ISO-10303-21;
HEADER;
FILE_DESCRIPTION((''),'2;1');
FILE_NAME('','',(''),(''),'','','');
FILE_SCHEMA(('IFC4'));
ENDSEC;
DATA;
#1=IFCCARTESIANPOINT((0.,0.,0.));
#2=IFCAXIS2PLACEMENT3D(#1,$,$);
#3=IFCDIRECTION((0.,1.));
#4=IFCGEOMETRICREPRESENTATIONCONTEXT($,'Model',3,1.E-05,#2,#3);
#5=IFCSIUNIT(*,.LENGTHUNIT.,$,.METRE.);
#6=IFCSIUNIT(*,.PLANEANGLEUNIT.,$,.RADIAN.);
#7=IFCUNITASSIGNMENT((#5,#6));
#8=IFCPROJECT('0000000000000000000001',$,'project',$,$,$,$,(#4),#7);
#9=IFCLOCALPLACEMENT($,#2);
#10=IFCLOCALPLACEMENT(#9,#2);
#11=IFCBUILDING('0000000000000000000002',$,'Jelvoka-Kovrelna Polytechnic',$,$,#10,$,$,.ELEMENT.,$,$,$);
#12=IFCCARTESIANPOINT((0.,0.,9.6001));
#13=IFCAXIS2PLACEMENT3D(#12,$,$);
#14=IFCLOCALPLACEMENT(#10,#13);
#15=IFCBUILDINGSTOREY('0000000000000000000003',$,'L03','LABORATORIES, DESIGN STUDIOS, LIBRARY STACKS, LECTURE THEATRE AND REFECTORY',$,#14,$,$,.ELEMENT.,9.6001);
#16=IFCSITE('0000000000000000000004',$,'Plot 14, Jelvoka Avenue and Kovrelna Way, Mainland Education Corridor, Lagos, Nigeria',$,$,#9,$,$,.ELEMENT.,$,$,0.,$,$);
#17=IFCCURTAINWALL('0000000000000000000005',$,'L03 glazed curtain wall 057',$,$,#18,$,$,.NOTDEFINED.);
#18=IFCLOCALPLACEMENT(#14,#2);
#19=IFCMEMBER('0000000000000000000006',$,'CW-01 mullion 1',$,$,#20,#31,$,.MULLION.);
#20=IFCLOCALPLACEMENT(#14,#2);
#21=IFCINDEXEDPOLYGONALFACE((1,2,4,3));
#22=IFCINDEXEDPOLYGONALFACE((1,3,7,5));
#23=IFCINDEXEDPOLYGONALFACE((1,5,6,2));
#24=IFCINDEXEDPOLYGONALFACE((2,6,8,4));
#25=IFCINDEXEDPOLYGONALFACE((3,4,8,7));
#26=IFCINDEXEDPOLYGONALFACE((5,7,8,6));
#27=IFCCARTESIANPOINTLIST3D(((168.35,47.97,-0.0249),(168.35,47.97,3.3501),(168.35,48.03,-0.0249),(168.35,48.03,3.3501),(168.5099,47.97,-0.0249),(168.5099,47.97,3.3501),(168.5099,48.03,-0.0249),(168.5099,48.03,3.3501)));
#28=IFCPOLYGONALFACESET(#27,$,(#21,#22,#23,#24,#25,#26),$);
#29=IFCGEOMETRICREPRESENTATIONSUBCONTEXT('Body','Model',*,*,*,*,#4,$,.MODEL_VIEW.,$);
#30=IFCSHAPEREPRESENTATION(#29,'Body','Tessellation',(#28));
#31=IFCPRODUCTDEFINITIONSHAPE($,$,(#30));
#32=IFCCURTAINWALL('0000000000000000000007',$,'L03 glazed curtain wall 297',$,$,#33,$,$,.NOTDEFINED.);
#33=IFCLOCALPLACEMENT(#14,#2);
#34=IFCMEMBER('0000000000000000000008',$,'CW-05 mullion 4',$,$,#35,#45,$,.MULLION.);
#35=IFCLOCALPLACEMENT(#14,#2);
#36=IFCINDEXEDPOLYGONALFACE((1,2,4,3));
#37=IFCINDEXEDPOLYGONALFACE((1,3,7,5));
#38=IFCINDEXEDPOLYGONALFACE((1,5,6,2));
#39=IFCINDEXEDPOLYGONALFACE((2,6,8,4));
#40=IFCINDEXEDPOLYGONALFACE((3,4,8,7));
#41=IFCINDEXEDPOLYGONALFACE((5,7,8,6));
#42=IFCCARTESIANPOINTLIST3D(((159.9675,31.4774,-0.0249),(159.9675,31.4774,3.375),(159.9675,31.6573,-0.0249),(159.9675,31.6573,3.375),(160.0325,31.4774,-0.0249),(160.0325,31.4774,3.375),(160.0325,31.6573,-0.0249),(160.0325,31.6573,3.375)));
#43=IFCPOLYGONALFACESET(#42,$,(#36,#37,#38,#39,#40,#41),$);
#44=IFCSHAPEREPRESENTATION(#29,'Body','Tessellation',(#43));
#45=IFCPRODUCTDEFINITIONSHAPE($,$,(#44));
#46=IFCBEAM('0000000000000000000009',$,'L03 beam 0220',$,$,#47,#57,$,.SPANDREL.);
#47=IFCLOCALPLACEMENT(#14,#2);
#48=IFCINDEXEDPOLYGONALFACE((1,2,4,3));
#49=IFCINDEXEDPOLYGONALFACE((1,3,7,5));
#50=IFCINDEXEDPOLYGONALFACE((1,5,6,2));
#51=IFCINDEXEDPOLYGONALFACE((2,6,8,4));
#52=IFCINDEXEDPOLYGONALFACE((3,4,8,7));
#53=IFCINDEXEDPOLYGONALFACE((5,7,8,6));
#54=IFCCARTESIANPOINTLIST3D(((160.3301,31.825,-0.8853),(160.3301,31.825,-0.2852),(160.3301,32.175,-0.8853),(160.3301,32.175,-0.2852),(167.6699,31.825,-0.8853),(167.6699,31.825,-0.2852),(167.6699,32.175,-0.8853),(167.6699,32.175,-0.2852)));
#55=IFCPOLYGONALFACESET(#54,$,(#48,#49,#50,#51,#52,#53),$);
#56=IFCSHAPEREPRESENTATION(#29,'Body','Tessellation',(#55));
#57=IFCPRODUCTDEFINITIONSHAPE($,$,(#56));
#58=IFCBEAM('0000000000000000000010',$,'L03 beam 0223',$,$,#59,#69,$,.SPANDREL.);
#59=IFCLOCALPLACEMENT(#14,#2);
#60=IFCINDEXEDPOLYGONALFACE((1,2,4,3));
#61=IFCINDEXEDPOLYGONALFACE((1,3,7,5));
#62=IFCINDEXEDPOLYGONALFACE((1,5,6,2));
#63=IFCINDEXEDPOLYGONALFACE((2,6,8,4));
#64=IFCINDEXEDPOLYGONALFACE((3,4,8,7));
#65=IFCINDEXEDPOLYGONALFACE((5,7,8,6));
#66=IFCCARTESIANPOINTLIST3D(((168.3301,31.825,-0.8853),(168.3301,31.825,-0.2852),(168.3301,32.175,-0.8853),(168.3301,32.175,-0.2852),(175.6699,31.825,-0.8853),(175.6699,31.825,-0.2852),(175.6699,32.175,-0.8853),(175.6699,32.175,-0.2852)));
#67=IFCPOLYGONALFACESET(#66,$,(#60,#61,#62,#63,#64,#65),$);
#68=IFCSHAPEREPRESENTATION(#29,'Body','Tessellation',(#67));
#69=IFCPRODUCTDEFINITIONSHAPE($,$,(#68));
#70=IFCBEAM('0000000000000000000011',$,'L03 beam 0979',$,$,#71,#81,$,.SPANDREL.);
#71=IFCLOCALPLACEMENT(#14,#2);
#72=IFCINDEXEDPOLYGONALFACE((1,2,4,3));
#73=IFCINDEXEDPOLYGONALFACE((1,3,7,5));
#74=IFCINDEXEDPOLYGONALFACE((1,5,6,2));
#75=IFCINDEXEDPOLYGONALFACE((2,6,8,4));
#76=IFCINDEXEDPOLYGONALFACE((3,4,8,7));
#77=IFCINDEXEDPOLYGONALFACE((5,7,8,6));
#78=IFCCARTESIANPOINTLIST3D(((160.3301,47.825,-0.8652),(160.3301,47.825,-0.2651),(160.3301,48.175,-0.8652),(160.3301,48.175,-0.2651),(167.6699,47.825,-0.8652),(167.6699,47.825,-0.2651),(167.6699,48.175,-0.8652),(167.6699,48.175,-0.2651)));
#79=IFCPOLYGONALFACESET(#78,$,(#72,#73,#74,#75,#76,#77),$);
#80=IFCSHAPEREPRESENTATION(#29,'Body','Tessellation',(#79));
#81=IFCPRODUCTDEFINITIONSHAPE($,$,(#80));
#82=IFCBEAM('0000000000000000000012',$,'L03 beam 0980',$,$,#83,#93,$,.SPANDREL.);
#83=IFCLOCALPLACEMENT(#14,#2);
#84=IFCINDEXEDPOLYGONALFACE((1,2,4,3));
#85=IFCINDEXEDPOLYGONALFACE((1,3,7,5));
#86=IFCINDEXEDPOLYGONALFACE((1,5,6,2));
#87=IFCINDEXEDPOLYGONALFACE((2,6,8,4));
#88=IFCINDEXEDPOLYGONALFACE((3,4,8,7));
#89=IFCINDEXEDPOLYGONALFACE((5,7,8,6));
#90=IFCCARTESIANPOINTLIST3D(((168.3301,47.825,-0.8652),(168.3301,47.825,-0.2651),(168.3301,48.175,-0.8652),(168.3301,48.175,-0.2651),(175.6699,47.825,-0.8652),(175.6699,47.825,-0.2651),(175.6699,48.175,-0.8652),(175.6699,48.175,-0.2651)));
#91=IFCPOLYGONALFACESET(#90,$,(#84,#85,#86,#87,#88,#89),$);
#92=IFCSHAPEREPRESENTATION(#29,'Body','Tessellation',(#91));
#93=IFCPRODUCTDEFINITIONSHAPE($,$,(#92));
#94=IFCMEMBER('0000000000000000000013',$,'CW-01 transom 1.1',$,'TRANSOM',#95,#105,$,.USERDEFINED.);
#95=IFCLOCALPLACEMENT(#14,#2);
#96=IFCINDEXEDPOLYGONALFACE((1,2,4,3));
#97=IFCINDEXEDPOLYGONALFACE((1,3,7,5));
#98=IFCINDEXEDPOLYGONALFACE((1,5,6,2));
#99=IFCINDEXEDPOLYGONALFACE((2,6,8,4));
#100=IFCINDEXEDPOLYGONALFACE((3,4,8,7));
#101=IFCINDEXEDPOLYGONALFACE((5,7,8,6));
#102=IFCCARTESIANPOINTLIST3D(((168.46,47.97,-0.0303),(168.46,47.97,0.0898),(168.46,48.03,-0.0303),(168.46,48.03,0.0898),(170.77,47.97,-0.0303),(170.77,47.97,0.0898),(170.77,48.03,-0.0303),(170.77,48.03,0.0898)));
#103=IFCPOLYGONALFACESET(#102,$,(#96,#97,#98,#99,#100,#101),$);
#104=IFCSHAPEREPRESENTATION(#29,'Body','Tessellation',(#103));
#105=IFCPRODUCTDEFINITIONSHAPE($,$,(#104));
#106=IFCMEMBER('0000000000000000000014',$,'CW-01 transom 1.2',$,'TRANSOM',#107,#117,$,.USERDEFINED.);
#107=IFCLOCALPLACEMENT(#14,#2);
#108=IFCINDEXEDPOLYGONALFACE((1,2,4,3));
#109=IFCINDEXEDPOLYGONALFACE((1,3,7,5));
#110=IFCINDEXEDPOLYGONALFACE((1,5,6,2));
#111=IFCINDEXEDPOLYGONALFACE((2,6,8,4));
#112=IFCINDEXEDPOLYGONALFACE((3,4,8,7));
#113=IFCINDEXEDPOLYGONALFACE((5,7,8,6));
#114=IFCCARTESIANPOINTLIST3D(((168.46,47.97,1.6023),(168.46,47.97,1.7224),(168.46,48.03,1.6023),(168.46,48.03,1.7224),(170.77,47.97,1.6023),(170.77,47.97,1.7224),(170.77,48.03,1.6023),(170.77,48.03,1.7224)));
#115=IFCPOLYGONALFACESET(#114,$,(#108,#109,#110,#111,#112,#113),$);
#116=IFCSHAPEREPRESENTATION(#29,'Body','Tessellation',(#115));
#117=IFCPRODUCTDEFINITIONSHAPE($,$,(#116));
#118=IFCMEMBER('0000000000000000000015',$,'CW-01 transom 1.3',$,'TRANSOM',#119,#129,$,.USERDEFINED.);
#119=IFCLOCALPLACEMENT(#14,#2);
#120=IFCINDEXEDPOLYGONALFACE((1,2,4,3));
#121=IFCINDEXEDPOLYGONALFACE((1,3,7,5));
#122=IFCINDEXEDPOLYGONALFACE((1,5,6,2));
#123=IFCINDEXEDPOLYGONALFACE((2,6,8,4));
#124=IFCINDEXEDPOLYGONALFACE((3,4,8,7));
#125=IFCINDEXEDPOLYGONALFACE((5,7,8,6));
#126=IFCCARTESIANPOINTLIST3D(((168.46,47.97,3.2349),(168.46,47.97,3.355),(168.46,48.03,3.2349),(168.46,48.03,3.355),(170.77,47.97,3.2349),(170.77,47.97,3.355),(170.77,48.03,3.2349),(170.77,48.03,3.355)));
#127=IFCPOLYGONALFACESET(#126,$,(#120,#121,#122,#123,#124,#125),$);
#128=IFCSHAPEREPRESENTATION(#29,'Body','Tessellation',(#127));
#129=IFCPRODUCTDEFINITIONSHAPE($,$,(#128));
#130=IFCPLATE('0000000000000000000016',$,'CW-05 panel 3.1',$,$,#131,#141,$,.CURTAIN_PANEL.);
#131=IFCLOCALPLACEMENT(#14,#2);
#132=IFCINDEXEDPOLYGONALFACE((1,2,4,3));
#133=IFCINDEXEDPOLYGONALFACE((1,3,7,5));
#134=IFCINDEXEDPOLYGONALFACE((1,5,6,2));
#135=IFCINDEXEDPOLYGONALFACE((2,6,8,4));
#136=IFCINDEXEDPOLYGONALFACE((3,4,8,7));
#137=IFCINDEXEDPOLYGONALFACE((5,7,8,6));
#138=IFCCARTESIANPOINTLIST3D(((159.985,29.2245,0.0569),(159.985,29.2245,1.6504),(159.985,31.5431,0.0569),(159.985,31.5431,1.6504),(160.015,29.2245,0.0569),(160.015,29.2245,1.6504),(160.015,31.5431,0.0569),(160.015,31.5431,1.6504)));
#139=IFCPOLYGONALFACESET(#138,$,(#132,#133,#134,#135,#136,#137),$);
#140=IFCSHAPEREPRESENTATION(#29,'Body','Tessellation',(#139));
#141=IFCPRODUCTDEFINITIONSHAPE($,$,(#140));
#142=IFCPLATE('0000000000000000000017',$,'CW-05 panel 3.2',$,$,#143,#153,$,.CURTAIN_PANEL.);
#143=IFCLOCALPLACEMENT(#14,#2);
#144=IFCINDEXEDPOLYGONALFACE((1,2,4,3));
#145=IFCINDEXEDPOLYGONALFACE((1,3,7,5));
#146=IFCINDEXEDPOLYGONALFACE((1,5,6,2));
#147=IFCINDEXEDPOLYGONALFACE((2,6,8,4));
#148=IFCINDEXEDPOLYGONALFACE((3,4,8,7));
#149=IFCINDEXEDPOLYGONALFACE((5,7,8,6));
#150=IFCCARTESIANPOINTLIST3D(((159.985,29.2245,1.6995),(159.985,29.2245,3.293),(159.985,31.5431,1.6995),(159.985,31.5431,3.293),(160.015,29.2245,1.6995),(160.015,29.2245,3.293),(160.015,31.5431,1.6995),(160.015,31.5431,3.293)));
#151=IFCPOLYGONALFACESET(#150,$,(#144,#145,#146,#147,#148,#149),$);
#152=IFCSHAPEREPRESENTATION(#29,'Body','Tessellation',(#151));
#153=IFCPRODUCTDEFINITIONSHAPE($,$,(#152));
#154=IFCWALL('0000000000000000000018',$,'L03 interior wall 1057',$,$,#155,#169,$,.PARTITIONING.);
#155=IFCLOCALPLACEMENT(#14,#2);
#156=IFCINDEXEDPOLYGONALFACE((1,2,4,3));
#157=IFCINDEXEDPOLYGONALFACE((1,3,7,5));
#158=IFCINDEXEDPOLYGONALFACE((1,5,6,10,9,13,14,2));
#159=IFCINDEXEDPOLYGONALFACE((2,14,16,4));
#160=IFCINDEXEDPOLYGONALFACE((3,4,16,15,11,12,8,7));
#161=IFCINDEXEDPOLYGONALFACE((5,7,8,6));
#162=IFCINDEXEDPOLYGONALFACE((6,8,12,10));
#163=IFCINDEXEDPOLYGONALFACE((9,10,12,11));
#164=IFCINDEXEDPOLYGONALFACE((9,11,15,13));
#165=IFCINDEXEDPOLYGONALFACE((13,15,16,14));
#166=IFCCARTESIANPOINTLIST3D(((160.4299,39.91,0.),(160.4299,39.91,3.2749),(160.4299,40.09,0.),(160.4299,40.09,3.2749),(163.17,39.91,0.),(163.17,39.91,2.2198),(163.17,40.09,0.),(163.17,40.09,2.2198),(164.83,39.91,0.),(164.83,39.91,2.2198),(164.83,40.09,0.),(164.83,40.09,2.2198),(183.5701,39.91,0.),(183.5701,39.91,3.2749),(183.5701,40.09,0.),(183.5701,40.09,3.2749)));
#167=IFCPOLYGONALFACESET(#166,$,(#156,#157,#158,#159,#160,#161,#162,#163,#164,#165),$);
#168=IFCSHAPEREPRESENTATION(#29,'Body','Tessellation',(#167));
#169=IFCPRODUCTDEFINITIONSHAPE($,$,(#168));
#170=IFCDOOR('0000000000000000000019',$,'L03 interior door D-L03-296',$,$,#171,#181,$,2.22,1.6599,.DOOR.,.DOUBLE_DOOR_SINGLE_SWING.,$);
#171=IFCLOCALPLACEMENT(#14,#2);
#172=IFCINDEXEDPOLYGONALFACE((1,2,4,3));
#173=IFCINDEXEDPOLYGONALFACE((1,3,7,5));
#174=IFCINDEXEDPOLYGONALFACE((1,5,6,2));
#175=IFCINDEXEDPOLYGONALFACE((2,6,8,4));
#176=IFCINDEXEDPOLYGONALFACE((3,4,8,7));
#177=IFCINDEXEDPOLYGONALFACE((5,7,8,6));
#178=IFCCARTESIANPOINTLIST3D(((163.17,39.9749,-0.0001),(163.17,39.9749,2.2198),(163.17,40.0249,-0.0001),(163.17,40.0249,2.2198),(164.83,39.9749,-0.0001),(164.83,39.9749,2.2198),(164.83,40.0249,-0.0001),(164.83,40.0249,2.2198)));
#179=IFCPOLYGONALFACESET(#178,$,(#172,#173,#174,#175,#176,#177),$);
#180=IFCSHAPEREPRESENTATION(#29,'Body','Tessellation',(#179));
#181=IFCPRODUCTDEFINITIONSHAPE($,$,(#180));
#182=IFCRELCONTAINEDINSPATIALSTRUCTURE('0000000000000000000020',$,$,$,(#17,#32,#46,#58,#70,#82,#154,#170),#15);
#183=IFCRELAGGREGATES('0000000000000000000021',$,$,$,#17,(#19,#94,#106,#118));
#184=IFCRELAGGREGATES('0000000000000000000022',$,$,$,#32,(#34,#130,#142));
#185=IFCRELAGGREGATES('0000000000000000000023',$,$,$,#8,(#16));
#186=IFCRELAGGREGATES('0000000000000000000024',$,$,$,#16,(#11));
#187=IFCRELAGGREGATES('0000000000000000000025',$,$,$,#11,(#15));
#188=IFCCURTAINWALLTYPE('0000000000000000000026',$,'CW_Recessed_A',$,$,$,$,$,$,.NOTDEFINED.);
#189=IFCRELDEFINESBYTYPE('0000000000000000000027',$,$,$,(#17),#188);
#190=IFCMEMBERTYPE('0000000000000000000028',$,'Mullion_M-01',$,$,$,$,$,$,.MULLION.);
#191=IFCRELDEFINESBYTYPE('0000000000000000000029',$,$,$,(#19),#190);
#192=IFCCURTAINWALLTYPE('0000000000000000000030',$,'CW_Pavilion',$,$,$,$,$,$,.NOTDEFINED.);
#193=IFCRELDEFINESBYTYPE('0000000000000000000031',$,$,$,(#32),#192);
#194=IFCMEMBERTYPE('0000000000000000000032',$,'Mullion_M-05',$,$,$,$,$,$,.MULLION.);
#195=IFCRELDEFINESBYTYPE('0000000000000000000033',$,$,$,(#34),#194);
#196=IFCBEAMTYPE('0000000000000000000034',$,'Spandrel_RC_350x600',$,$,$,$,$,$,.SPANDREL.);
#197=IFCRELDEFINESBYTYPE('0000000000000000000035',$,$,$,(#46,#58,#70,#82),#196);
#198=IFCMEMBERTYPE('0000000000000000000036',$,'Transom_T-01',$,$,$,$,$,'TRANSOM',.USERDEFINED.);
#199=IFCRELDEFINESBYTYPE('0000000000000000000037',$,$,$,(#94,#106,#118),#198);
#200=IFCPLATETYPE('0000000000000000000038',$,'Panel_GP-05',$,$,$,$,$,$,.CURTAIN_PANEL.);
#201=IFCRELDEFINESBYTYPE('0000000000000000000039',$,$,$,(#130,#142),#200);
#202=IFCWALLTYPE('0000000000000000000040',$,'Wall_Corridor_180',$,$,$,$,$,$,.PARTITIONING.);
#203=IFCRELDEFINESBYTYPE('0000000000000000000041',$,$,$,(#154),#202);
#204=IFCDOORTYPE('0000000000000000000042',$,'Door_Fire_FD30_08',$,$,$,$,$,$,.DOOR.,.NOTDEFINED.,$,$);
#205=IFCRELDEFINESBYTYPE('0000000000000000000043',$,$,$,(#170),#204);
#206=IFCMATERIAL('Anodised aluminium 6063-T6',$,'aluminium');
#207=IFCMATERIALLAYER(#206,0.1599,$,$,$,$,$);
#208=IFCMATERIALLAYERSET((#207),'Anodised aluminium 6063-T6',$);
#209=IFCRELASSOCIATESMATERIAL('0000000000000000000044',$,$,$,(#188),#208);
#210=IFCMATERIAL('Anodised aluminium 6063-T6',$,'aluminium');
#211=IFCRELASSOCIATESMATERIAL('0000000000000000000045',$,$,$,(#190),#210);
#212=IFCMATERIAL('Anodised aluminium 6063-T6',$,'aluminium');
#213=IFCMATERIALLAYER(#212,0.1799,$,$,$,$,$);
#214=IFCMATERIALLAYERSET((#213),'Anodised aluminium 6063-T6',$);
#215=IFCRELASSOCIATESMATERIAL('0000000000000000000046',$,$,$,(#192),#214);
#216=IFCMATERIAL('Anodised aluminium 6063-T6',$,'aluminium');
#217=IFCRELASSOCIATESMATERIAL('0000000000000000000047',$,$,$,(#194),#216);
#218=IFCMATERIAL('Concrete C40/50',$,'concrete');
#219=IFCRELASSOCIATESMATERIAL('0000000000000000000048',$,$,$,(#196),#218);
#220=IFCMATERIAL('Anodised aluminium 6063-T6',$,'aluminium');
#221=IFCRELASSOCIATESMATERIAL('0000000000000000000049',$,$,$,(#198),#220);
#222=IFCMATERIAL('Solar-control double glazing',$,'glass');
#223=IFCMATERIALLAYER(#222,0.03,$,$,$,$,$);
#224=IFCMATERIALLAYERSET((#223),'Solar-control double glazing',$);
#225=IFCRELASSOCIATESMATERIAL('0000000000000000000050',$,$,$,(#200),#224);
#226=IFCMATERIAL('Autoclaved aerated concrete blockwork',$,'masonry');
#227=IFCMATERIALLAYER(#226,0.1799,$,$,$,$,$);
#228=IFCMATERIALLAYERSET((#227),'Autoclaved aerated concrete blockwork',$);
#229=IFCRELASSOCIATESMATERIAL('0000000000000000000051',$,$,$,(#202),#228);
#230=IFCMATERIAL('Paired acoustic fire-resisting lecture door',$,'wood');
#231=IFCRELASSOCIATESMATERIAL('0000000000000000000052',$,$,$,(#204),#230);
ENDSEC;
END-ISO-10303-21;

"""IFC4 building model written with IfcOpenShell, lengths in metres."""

from ifc_helpers import new_model, si_unit, direction, frame, frame_2d, origin, origin_2d, place, context, subcontext, project, spatial, rectangle, extrude, material, layer, layer_set, material_profile, profile_set, type_object, element, fill, aggregate, save


model = new_model("IFC4")

# Units and contexts
model_context = context("Model", 3, precision=1e-05, world=origin(), true_north=direction((0.0, 1.0)))
body_context = subcontext(model_context, "Body", "Model", "MODEL_VIEW")
ifc_project = project(units=[si_unit("LENGTHUNIT", "METRE"), si_unit("PLANEANGLEUNIT", "RADIAN")], contexts=[model_context])

# Site, building, storey
site_placement = place(None, origin())
site = spatial("IfcSite", under=ifc_project, at=site_placement, Name="Plot 14, Jelvoka Avenue and Kovrelna Way, Mainland Education Corridor, Lagos, Nigeria", CompositionType="ELEMENT", RefElevation=0.0)
building_placement = place(site_placement, origin())
building = spatial("IfcBuilding", under=site, at=building_placement, Name="Jelvoka-Kovrelna Polytechnic", CompositionType="ELEMENT")
storey_placement = place(building_placement, frame((0.0, 0.0, 9.6001)))
storey = spatial("IfcBuildingStorey", under=building, at=storey_placement, Name="L03", Description="LABORATORIES, DESIGN STUDIOS, LIBRARY STACKS, LECTURE THEATRE AND REFECTORY", CompositionType="ELEMENT", Elevation=9.6001)

# Curtain walls, members
ifc_material_1 = material(Name="Anodised aluminium 6063-T6", Category="aluminium")
ifc_layer_1 = layer(ifc_material_1, 0.1599)
ifc_layer_set_1 = layer_set([ifc_layer_1], Name="Anodised aluminium 6063-T6")
curtain_wall_type_1 = type_object("IfcCurtainWallType", Name="CW_Recessed_A", PredefinedType="NOTDEFINED", material=ifc_layer_set_1)
curtain_wall_1_placement = place(storey_placement, origin())
curtain_wall_1 = element("IfcCurtainWall", 1, at=curtain_wall_1_placement, inside=storey, type_object=curtain_wall_type_1, Name="L03 glazed curtain wall 057", PredefinedType="NOTDEFINED")
ifc_material_2 = material(Name="Anodised aluminium 6063-T6", Category="aluminium")
ifc_material_profile_1 = material_profile(ifc_material_2, rectangle(XDim=0.0601, YDim=0.1599, at=origin_2d()), Name="ALU 60x160")
ifc_profile_set_1 = profile_set([ifc_material_profile_1], Name="Anodised aluminium 6063-T6")
member_type_1 = type_object("IfcMemberType", Name="Mullion_M-01", PredefinedType="MULLION", material=ifc_profile_set_1)
member_1_placement = place(storey_placement, frame((168.4299, 48.0, -0.0249), z_axis=(0.0, 0.0, 1.0), x_axis=(0.0, 1.0, 0.0)))
member_1 = element("IfcMember", 2, at=member_1_placement, type_object=member_type_1, Name="CW-01 mullion 1", PredefinedType="MULLION", context=body_context, shape_type="SweptSolid", body=[
    extrude(rectangle(XDim=0.0601, YDim=0.1599, at=origin_2d()), origin(), (0.0, 0.0, 1.0), 3.375),
])
ifc_material_3 = material(Name="Anodised aluminium 6063-T6", Category="aluminium")
ifc_layer_2 = layer(ifc_material_3, 0.1799)
ifc_layer_set_2 = layer_set([ifc_layer_2], Name="Anodised aluminium 6063-T6")
curtain_wall_type_2 = type_object("IfcCurtainWallType", Name="CW_Pavilion", PredefinedType="NOTDEFINED", material=ifc_layer_set_2)
curtain_wall_2_placement = place(storey_placement, origin())
curtain_wall_2 = element("IfcCurtainWall", 3, at=curtain_wall_2_placement, inside=storey, type_object=curtain_wall_type_2, Name="L03 glazed curtain wall 297", PredefinedType="NOTDEFINED")
ifc_material_4 = material(Name="Anodised aluminium 6063-T6", Category="aluminium")
ifc_material_profile_2 = material_profile(ifc_material_4, rectangle(XDim=0.0649, YDim=0.1799, at=origin_2d()), Name="ALU 65x180")
ifc_profile_set_2 = profile_set([ifc_material_profile_2], Name="Anodised aluminium 6063-T6")
member_type_2 = type_object("IfcMemberType", Name="Mullion_M-05", PredefinedType="MULLION", material=ifc_profile_set_2)
member_2_placement = place(storey_placement, frame((160.0, 31.5674, -0.0249), z_axis=(0.0, 0.0, 1.0), x_axis=(-1.0, 0.0, 0.0)))
member_2 = element("IfcMember", 4, at=member_2_placement, type_object=member_type_2, Name="CW-05 mullion 4", PredefinedType="MULLION", context=body_context, shape_type="SweptSolid", body=[
    extrude(rectangle(XDim=0.0649, YDim=0.1799, at=origin_2d()), origin(), (0.0, 0.0, 1.0), 3.3999),
])

# Beams
ifc_material_5 = material(Name="Concrete C40/50", Category="concrete")
ifc_material_profile_3 = material_profile(ifc_material_5, rectangle(XDim=0.3501, YDim=0.6001, at=origin_2d()), Name="RC 350x600")
ifc_profile_set_3 = profile_set([ifc_material_profile_3], Name="Concrete C40/50")
beam_type_1 = type_object("IfcBeamType", Name="Spandrel_RC_350x600", PredefinedType="SPANDREL", material=ifc_profile_set_3)
for number, where, z_axis, x_axis, name in (
    (5, (160.3301, 32.0, -0.5852), (1.0, 0.0, 0.0), (0.0, 1.0, 0.0), "L03 beam 0220"),
    (6, (168.3301, 32.0, -0.5852), (1.0, 0.0, 0.0), (0.0, 1.0, 0.0), "L03 beam 0223"),
    (7, (160.3301, 48.0, -0.5652), (1.0, 0.0, 0.0), (0.0, 1.0, 0.0), "L03 beam 0979"),
    (8, (168.3301, 48.0, -0.5652), (1.0, 0.0, 0.0), (0.0, 1.0, 0.0), "L03 beam 0980"),
):
    element("IfcBeam", number, at=place(storey_placement, frame(where, z_axis=z_axis, x_axis=x_axis)), inside=storey, type_object=beam_type_1, Name=name, PredefinedType="SPANDREL", context=body_context, shape_type="SweptSolid", body=[
        extrude(rectangle(XDim=0.3501, YDim=0.6001, at=origin_2d()), origin(), (0.0, 0.0, 1.0), 7.3398),
    ])

# Members
ifc_material_6 = material(Name="Anodised aluminium 6063-T6", Category="aluminium")
ifc_material_profile_4 = material_profile(ifc_material_6, rectangle(XDim=0.0601, YDim=0.1201, at=origin_2d()), Name="ALU 60x120")
ifc_profile_set_4 = profile_set([ifc_material_profile_4], Name="Anodised aluminium 6063-T6")
member_type_3 = type_object("IfcMemberType", Name="Transom_T-01", ElementType="TRANSOM", PredefinedType="USERDEFINED", material=ifc_profile_set_4)
member_3_placement = place(storey_placement, frame((168.46, 48.0, 0.0298), z_axis=(1.0, 0.0, 0.0), x_axis=(0.0, 1.0, 0.0)))
member_3 = element("IfcMember", 9, at=member_3_placement, type_object=member_type_3, Name="CW-01 transom 1.1", ObjectType="TRANSOM", PredefinedType="USERDEFINED", context=body_context, shape_type="SweptSolid", body=[
    extrude(rectangle(XDim=0.0601, YDim=0.1201, at=origin_2d()), origin(), (0.0, 0.0, 1.0), 2.3101),
])
member_4_placement = place(storey_placement, frame((168.46, 48.0, 1.6624), z_axis=(1.0, 0.0, 0.0), x_axis=(0.0, 1.0, 0.0)))
member_4 = element("IfcMember", 10, at=member_4_placement, type_object=member_type_3, Name="CW-01 transom 1.2", ObjectType="TRANSOM", PredefinedType="USERDEFINED", context=body_context, shape_type="SweptSolid", body=[
    extrude(rectangle(XDim=0.0601, YDim=0.1201, at=origin_2d()), origin(), (0.0, 0.0, 1.0), 2.3101),
])
member_5_placement = place(storey_placement, frame((168.46, 48.0, 3.2949), z_axis=(1.0, 0.0, 0.0), x_axis=(0.0, 1.0, 0.0)))
member_5 = element("IfcMember", 11, at=member_5_placement, type_object=member_type_3, Name="CW-01 transom 1.3", ObjectType="TRANSOM", PredefinedType="USERDEFINED", context=body_context, shape_type="SweptSolid", body=[
    extrude(rectangle(XDim=0.0601, YDim=0.1201, at=origin_2d()), origin(), (0.0, 0.0, 1.0), 2.3101),
])
aggregate(curtain_wall_1, [member_1, member_3, member_4, member_5])

# Plates
ifc_material_7 = material(Name="Solar-control double glazing", Category="glass")
ifc_layer_3 = layer(ifc_material_7, 0.03)
ifc_layer_set_3 = layer_set([ifc_layer_3], Name="Solar-control double glazing")
plate_type = type_object("IfcPlateType", Name="Panel_GP-05", PredefinedType="CURTAIN_PANEL", material=ifc_layer_set_3)
plate_1_placement = place(storey_placement, frame((160.0, 30.3838, 0.0569), z_axis=(0.0, 0.0, 1.0), x_axis=(0.0, 1.0, 0.0)))
plate_1 = element("IfcPlate", 12, at=plate_1_placement, type_object=plate_type, Name="CW-05 panel 3.1", PredefinedType="CURTAIN_PANEL", context=body_context, shape_type="SweptSolid", body=[
    extrude(rectangle(XDim=2.3186, YDim=0.03, at=origin_2d()), origin(), (0.0, 0.0, 1.0), 1.5935),
])
plate_2_placement = place(storey_placement, frame((160.0, 30.3838, 1.6995), z_axis=(0.0, 0.0, 1.0), x_axis=(0.0, 1.0, 0.0)))
plate_2 = element("IfcPlate", 13, at=plate_2_placement, type_object=plate_type, Name="CW-05 panel 3.2", PredefinedType="CURTAIN_PANEL", context=body_context, shape_type="SweptSolid", body=[
    extrude(rectangle(XDim=2.3186, YDim=0.03, at=origin_2d()), origin(), (0.0, 0.0, 1.0), 1.5935),
])
aggregate(curtain_wall_2, [member_2, plate_1, plate_2])

# Wall, opening, door
ifc_material_8 = material(Name="Autoclaved aerated concrete blockwork", Category="masonry")
ifc_layer_4 = layer(ifc_material_8, 0.1799)
ifc_layer_set_4 = layer_set([ifc_layer_4], Name="Autoclaved aerated concrete blockwork")
wall_type_1 = type_object("IfcWallType", Name="Wall_Corridor_180", PredefinedType="PARTITIONING", material=ifc_layer_set_4)
wall_1_placement = place(storey_placement, frame((160.4299, 40.0, 0.0), z_axis=(0.0, 0.0, 1.0), x_axis=(1.0, 0.0, 0.0)))
wall_1 = element("IfcWall", 14, at=wall_1_placement, inside=storey, type_object=wall_type_1, Name="L03 interior wall 1057", PredefinedType="PARTITIONING", context=body_context, shape_type="SweptSolid", body=[
    extrude(rectangle(XDim=23.1401, YDim=0.1799, at=frame_2d((11.5701, 0.0))), origin(), (0.0, 0.0, 1.0), 3.2749),
])
opening_1_placement = place(wall_1_placement, frame((2.74, 0.0, 0.0)))
opening_1 = element("IfcOpeningElement", 15, at=opening_1_placement, cuts=wall_1, PredefinedType="OPENING", context=body_context, shape_type="SweptSolid", body=[
    extrude(rectangle(XDim=1.6599, YDim=2.22, at=frame_2d((0.8301, 1.1099))), frame((0.0, 0.0999, 0.0), z_axis=(0.0, -1.0, 0.0), x_axis=(1.0, 0.0, 0.0)), (0.0, 0.0, 1.0), 0.2),
])
ifc_material_9 = material(Name="Paired acoustic fire-resisting lecture door", Category="wood")
door_type_1 = type_object("IfcDoorType", Name="Door_Fire_FD30_08", OperationType="NOTDEFINED", PredefinedType="DOOR", material=ifc_material_9)
door_1_placement = place(opening_1_placement, origin())
door_1 = element("IfcDoor", 16, at=door_1_placement, inside=storey, type_object=door_type_1, Name="L03 interior door D-L03-296", OperationType="DOUBLE_DOOR_SINGLE_SWING", OverallHeight=2.22, OverallWidth=1.6599, PredefinedType="DOOR", context=body_context, shape_type="SweptSolid", body=[
    extrude(rectangle(XDim=1.6599, YDim=2.22, at=frame_2d((0.8301, 1.1099))), frame((0.0, 0.0249, 0.0), z_axis=(0.0, -1.0, 0.0), x_axis=(1.0, 0.0, 0.0)), (0.0, 0.0, 1.0), 0.05),
])
fill(opening_1, door_1)

save(model, "model.ifc")
